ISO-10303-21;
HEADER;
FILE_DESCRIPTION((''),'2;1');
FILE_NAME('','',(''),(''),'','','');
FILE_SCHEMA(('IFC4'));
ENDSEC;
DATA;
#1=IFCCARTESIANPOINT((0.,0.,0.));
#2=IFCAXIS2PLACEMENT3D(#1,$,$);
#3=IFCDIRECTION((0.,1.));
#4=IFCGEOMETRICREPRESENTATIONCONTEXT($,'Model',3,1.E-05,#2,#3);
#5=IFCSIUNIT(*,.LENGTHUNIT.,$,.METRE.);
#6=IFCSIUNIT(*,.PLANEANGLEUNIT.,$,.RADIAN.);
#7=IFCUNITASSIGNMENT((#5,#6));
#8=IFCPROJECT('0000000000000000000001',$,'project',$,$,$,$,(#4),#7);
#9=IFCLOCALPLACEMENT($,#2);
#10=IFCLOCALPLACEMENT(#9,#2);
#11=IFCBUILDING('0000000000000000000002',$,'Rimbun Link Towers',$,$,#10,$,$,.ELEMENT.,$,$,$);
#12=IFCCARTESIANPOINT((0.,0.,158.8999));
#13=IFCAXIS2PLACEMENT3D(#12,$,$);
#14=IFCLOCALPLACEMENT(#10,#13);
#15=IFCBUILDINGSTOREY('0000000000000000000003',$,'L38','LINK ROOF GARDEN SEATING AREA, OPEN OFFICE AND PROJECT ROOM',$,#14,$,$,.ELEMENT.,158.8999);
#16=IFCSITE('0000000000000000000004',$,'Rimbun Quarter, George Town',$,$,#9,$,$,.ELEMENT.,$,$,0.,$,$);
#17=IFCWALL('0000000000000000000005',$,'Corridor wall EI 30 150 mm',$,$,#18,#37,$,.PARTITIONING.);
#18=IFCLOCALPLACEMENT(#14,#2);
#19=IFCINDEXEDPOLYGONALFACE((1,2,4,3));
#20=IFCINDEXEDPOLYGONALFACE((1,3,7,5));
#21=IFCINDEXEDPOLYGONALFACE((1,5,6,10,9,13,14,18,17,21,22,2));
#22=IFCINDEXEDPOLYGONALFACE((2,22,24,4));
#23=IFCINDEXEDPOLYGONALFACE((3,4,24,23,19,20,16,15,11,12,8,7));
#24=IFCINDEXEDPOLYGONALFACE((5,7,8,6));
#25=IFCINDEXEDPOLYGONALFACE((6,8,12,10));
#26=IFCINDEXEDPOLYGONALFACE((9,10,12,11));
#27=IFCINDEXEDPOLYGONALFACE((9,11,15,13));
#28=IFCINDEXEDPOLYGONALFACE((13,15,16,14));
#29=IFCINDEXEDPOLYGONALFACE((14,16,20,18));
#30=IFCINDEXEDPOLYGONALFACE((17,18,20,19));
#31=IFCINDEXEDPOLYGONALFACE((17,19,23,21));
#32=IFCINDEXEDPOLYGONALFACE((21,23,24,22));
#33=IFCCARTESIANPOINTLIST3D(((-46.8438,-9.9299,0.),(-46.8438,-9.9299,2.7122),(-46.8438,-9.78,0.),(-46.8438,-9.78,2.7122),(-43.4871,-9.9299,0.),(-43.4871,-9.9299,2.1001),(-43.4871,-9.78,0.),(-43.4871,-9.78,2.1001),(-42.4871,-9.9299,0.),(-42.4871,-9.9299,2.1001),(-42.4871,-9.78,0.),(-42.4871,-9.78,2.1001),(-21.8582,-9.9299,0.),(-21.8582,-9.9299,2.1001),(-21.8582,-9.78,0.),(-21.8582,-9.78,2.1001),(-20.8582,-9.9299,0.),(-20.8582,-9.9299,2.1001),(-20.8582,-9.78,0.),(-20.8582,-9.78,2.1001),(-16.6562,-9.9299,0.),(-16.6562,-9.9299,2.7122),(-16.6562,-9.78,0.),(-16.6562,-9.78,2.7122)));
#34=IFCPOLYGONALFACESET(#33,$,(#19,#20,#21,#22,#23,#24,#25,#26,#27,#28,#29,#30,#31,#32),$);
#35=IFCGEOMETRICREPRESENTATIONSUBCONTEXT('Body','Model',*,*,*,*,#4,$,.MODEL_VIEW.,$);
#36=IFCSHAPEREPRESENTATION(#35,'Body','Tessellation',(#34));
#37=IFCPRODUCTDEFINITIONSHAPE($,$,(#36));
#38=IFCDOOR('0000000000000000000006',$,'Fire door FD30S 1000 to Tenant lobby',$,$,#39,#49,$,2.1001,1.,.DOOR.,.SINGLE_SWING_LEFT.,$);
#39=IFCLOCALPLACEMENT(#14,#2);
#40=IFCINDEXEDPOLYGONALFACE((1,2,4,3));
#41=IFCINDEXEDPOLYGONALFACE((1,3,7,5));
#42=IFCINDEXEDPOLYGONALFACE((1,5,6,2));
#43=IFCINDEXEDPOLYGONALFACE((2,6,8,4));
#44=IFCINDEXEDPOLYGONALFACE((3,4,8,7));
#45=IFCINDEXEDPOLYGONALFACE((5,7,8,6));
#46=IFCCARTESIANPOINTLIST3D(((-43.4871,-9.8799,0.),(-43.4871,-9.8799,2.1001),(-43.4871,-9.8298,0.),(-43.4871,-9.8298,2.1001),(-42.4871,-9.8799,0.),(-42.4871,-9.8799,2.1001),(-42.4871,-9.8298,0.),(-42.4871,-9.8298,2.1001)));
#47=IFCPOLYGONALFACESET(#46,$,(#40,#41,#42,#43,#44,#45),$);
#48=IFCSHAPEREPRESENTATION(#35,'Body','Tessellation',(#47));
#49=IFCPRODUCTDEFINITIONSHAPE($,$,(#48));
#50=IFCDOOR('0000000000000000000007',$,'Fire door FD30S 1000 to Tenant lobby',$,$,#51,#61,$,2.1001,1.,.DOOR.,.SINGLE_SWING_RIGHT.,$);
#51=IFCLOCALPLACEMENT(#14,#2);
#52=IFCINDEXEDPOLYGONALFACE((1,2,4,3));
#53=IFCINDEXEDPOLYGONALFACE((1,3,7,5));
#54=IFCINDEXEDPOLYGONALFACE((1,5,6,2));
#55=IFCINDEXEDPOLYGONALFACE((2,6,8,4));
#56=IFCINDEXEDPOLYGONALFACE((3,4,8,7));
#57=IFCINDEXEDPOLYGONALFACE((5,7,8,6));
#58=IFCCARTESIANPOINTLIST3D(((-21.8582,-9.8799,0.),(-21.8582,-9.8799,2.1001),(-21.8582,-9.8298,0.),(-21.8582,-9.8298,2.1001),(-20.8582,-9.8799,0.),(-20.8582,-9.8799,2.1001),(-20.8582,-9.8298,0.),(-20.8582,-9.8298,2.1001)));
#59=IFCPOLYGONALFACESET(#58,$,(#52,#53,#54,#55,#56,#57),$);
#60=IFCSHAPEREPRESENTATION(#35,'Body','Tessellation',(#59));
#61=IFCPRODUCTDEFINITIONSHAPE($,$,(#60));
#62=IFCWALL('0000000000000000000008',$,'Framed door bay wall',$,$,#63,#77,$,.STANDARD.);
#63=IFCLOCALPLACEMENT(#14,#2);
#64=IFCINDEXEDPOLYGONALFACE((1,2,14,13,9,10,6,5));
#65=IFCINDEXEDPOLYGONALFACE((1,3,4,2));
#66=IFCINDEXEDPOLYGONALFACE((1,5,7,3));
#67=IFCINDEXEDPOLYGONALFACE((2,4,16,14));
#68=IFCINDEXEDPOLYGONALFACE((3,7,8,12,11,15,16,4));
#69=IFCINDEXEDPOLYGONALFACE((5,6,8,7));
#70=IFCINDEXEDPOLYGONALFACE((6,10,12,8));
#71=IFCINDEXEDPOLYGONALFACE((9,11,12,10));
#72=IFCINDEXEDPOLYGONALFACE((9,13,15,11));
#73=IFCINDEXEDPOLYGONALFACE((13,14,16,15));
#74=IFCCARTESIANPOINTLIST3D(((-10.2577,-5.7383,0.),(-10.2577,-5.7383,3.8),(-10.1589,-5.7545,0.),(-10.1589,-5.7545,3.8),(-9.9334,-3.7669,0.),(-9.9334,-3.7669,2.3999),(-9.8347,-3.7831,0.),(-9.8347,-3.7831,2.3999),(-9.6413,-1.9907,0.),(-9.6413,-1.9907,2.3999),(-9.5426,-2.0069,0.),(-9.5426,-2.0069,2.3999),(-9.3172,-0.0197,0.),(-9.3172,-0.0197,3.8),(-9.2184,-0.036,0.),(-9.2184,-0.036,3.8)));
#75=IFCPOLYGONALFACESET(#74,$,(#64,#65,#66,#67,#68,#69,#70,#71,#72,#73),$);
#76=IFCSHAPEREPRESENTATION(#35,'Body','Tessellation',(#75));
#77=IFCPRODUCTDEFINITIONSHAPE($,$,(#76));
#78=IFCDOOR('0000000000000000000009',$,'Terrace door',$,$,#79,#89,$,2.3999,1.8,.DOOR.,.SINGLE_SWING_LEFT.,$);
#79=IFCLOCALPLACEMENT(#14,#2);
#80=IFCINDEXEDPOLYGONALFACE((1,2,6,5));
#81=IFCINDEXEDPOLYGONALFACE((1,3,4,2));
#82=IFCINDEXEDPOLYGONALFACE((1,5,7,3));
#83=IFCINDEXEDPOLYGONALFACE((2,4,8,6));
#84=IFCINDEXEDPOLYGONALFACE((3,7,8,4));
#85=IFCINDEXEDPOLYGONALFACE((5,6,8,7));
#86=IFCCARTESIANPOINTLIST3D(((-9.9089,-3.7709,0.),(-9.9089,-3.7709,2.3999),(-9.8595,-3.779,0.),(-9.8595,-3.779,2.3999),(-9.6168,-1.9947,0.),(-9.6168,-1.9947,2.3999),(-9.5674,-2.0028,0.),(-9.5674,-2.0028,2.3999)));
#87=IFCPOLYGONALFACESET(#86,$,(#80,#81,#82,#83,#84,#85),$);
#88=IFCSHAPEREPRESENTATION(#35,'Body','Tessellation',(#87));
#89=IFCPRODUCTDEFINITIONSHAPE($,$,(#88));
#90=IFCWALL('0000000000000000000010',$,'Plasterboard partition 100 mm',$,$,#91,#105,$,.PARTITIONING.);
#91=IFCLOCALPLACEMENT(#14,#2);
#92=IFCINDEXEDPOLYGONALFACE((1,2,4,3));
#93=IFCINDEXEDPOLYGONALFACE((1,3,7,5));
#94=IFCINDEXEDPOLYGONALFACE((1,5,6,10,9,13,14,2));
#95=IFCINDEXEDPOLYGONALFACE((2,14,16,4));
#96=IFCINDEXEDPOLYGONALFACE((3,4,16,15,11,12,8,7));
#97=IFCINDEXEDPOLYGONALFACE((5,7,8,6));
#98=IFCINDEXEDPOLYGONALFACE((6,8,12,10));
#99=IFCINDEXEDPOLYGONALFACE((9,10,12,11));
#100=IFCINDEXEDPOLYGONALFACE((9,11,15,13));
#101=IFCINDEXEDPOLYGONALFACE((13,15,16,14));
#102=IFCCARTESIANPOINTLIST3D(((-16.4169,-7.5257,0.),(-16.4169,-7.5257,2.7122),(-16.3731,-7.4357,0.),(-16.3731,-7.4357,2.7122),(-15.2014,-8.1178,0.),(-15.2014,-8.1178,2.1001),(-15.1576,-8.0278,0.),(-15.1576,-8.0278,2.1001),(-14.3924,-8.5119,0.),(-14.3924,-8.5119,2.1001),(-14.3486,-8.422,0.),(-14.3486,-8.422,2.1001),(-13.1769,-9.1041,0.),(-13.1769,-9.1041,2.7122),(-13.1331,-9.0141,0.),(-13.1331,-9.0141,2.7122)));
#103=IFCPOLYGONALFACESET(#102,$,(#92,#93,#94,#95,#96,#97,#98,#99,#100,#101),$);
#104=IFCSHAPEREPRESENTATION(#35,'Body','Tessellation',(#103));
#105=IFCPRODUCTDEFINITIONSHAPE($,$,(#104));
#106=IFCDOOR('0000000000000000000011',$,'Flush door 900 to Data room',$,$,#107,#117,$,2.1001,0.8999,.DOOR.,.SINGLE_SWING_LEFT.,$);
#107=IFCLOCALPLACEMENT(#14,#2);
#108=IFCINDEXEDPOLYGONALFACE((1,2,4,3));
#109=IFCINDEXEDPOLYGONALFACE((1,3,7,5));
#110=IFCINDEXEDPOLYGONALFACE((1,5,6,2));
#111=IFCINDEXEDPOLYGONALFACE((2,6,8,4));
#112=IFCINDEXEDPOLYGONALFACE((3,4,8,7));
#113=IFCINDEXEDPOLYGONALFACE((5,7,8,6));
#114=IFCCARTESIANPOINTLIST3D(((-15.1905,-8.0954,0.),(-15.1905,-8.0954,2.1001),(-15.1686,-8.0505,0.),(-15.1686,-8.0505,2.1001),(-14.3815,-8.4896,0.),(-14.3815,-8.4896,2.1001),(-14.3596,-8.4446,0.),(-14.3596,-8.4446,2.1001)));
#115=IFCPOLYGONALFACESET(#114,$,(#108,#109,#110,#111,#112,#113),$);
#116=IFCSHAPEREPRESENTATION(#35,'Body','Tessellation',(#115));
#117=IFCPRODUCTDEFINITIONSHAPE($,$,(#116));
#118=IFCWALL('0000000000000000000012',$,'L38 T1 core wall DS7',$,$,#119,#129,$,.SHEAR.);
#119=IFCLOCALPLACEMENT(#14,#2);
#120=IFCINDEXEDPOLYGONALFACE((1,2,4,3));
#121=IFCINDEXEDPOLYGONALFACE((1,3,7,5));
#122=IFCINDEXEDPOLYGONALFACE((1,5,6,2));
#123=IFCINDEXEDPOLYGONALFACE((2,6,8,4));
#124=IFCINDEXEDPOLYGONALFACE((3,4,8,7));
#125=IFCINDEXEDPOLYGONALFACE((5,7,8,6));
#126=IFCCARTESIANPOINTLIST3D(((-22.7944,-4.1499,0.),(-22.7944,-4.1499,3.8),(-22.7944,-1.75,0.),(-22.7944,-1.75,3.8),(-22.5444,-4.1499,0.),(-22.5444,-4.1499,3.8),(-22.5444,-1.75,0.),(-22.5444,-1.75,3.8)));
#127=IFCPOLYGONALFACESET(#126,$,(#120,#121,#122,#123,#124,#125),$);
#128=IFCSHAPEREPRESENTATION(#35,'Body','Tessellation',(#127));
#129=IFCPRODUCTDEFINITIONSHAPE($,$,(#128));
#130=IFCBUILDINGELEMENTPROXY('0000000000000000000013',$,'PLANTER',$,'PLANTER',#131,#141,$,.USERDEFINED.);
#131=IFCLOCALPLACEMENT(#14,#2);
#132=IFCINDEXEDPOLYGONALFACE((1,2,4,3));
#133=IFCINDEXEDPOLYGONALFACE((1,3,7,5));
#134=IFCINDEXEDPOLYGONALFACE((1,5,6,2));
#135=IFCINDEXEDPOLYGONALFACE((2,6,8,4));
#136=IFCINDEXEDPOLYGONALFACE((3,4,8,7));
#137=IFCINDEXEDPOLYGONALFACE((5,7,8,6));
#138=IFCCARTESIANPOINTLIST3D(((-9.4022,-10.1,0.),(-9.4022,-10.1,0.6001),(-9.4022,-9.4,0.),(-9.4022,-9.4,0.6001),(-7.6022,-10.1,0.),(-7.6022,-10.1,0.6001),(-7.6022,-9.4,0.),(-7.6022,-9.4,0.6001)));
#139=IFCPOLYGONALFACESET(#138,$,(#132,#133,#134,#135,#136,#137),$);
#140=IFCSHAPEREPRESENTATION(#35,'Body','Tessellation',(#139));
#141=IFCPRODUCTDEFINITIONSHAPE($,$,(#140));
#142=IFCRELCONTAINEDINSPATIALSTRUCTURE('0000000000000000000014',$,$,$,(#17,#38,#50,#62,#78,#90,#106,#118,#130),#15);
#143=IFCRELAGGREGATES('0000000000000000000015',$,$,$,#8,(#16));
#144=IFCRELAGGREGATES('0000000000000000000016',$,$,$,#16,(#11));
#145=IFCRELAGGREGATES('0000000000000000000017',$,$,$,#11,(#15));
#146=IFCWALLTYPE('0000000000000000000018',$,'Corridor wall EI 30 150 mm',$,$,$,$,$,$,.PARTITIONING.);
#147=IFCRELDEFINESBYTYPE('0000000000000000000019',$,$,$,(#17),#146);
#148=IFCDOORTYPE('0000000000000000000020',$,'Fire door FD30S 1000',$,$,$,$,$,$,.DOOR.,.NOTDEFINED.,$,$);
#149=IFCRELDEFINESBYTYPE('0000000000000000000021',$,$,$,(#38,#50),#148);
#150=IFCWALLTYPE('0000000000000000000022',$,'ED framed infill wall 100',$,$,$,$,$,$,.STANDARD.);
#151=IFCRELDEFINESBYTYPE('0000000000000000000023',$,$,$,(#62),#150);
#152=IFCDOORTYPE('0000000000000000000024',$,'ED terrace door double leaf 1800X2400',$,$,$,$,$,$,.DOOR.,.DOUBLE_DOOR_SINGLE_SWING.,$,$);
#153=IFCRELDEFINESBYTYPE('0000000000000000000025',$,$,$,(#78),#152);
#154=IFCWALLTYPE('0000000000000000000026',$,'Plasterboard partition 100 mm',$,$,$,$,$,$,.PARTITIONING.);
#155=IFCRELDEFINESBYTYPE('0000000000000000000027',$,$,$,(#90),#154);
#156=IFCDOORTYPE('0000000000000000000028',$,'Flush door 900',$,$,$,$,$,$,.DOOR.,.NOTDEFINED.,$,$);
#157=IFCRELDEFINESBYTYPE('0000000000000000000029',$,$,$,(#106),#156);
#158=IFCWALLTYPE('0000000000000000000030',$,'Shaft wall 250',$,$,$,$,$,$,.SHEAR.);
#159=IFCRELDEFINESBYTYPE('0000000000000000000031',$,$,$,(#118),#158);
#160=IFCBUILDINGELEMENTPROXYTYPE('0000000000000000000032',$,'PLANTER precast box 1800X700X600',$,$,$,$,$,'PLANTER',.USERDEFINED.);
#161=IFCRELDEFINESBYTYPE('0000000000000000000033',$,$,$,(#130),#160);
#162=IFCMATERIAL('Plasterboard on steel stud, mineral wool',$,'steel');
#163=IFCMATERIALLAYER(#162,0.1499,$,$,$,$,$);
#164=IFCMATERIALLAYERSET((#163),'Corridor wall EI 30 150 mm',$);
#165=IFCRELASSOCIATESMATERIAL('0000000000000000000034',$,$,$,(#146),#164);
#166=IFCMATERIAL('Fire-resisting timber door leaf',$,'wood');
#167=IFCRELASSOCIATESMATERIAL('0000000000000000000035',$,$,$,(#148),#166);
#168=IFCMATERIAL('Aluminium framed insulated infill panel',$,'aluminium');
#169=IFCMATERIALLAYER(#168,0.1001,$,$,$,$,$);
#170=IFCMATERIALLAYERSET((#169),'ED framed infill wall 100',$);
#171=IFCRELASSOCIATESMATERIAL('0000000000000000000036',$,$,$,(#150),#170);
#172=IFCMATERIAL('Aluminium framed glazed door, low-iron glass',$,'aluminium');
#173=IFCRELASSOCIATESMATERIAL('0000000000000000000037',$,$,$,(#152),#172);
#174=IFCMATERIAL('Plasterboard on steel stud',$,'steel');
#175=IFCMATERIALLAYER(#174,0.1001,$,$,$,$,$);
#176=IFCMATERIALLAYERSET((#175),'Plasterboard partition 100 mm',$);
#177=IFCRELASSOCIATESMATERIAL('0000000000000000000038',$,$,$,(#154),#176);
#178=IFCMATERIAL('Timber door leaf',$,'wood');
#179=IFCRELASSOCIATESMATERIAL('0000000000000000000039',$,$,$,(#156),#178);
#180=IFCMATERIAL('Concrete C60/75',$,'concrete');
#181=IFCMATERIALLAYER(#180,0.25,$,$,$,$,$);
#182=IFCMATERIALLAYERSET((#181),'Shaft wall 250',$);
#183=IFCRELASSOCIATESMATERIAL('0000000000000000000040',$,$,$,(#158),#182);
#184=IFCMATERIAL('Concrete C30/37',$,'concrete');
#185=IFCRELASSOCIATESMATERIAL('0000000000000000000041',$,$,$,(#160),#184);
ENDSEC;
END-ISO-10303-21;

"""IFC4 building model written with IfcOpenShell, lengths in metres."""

from ifc_helpers import new_model, si_unit, direction, frame, frame_2d, origin, origin_2d, place, context, subcontext, project, spatial, rectangle, extrude, material, layer, layer_set, type_object, element, fill, save


model = new_model("IFC4")

# Units and contexts
model_context = context("Model", 3, precision=1e-05, world=origin(), true_north=direction((0.0, 1.0)))
body_context = subcontext(model_context, "Body", "Model", "MODEL_VIEW")
ifc_project = project(units=[si_unit("LENGTHUNIT", "METRE"), si_unit("PLANEANGLEUNIT", "RADIAN")], contexts=[model_context])

# Site, building, storey
site_placement = place(None, origin())
site = spatial("IfcSite", under=ifc_project, at=site_placement, Name="Rimbun Quarter, George Town", CompositionType="ELEMENT", RefElevation=0.0)
building_placement = place(site_placement, origin())
building = spatial("IfcBuilding", under=site, at=building_placement, Name="Rimbun Link Towers", CompositionType="ELEMENT")
storey_placement = place(building_placement, frame((0.0, 0.0, 158.8999)))
storey = spatial("IfcBuildingStorey", under=building, at=storey_placement, Name="L38", Description="LINK ROOF GARDEN SEATING AREA, OPEN OFFICE AND PROJECT ROOM", CompositionType="ELEMENT", Elevation=158.8999)

# Shared definitions
ifc_material_1 = material(Name="Plasterboard on steel stud, mineral wool", Category="steel")
ifc_layer_1 = layer(ifc_material_1, 0.1499)
ifc_layer_set_1 = layer_set([ifc_layer_1], Name="Corridor wall EI 30 150 mm")
wall_type_1 = type_object("IfcWallType", Name="Corridor wall EI 30 150 mm", PredefinedType="PARTITIONING", material=ifc_layer_set_1)

# Wall, openings, doors
wall_1_placement = place(storey_placement, frame((-16.6562, -9.855, 0.0), z_axis=(0.0, 0.0, 1.0), x_axis=(-1.0, 0.0, 0.0)))
wall_1 = element("IfcWall", 1, at=wall_1_placement, inside=storey, type_object=wall_type_1, Name="Corridor wall EI 30 150 mm", PredefinedType="PARTITIONING", context=body_context, shape_type="SweptSolid", body=[
    extrude(rectangle(XDim=30.1875, YDim=0.1499, at=frame_2d((15.0938, 0.0))), origin(), (0.0, 0.0, 1.0), 2.7122),
])
opening_1_placement = place(wall_1_placement, frame((25.8308, 0.0, 0.0)))
opening_1 = element("IfcOpeningElement", 2, at=opening_1_placement, cuts=wall_1, PredefinedType="OPENING", context=body_context, shape_type="SweptSolid", body=[
    extrude(rectangle(XDim=1.0, YDim=2.1001, at=frame_2d((0.5, 1.05))), frame((0.0, 0.085, 0.0), z_axis=(0.0, -1.0, 0.0), x_axis=(1.0, 0.0, 0.0)), (0.0, 0.0, 1.0), 0.1699),
])
opening_2_placement = place(wall_1_placement, frame((4.2019, 0.0, 0.0)))
opening_2 = element("IfcOpeningElement", 3, at=opening_2_placement, cuts=wall_1, PredefinedType="OPENING", context=body_context, shape_type="SweptSolid", body=[
    extrude(rectangle(XDim=1.0, YDim=2.1001, at=frame_2d((0.5, 1.05))), frame((0.0, 0.085, 0.0), z_axis=(0.0, -1.0, 0.0), x_axis=(1.0, 0.0, 0.0)), (0.0, 0.0, 1.0), 0.1699),
])
ifc_material_2 = material(Name="Fire-resisting timber door leaf", Category="wood")
door_type_1 = type_object("IfcDoorType", Name="Fire door FD30S 1000", OperationType="NOTDEFINED", PredefinedType="DOOR", material=ifc_material_2)
door_1_placement = place(opening_1_placement, origin())
door_1 = element("IfcDoor", 4, at=door_1_placement, inside=storey, type_object=door_type_1, Name="Fire door FD30S 1000 to Tenant lobby", OperationType="SINGLE_SWING_LEFT", OverallHeight=2.1001, OverallWidth=1.0, PredefinedType="DOOR", context=body_context, shape_type="SweptSolid", body=[
    extrude(rectangle(XDim=1.0, YDim=2.1001, at=frame_2d((0.5, 1.05))), frame((0.0, 0.0249, 0.0), z_axis=(0.0, -1.0, 0.0), x_axis=(1.0, 0.0, 0.0)), (0.0, 0.0, 1.0), 0.05),
])
fill(opening_1, door_1)
door_2_placement = place(opening_2_placement, origin())
door_2 = element("IfcDoor", 5, at=door_2_placement, inside=storey, type_object=door_type_1, Name="Fire door FD30S 1000 to Tenant lobby", OperationType="SINGLE_SWING_RIGHT", OverallHeight=2.1001, OverallWidth=1.0, PredefinedType="DOOR", context=body_context, shape_type="SweptSolid", body=[
    extrude(rectangle(XDim=1.0, YDim=2.1001, at=frame_2d((0.5, 1.05))), frame((0.0, 0.0249, 0.0), z_axis=(0.0, -1.0, 0.0), x_axis=(1.0, 0.0, 0.0)), (0.0, 0.0, 1.0), 0.05),
])
fill(opening_2, door_2)

# Walls, openings, doors
ifc_material_3 = material(Name="Aluminium framed insulated infill panel", Category="aluminium")
ifc_layer_2 = layer(ifc_material_3, 0.1001)
ifc_layer_set_2 = layer_set([ifc_layer_2], Name="ED framed infill wall 100")
wall_type_2 = type_object("IfcWallType", Name="ED framed infill wall 100", PredefinedType="STANDARD", material=ifc_layer_set_2)
wall_2_placement = place(storey_placement, frame((-9.2678, -0.0278, 0.0), z_axis=(0.0, 0.0, 1.0), x_axis=(-0.162274, -0.986746, 0.0)))
wall_2 = element("IfcWall", 6, at=wall_2_placement, inside=storey, type_object=wall_type_2, Name="Framed door bay wall", PredefinedType="STANDARD", context=body_context, shape_type="SweptSolid", body=[
    extrude(rectangle(XDim=5.7954, YDim=0.1001, at=frame_2d((2.8977, 0.0))), origin(), (0.0, 0.0, 1.0), 3.8),
])
opening_3_placement = place(wall_2_placement, frame((1.9976, 0.0, 0.0)))
opening_3 = element("IfcOpeningElement", 7, at=opening_3_placement, cuts=wall_2, PredefinedType="OPENING", context=body_context, shape_type="SweptSolid", body=[
    extrude(rectangle(XDim=1.8, YDim=2.3999, at=frame_2d((0.8999, 1.2))), frame((0.0, 0.0601, 0.0), z_axis=(0.0, -1.0, 0.0), x_axis=(1.0, 0.0, 0.0)), (0.0, 0.0, 1.0), 0.1201),
])
ifc_material_4 = material(Name="Aluminium framed glazed door, low-iron glass", Category="aluminium")
door_type_2 = type_object("IfcDoorType", Name="ED terrace door double leaf 1800X2400", OperationType="DOUBLE_DOOR_SINGLE_SWING", PredefinedType="DOOR", material=ifc_material_4)
door_3_placement = place(opening_3_placement, origin())
door_3 = element("IfcDoor", 8, at=door_3_placement, inside=storey, type_object=door_type_2, Name="Terrace door", OperationType="SINGLE_SWING_LEFT", OverallHeight=2.3999, OverallWidth=1.8, PredefinedType="DOOR", context=body_context, shape_type="SweptSolid", body=[
    extrude(rectangle(XDim=1.8, YDim=2.3999, at=frame_2d((0.8999, 1.2))), frame((0.0, 0.0249, 0.0), z_axis=(0.0, -1.0, 0.0), x_axis=(1.0, 0.0, 0.0)), (0.0, 0.0, 1.0), 0.05),
])
fill(opening_3, door_3)
ifc_material_5 = material(Name="Plasterboard on steel stud", Category="steel")
ifc_layer_3 = layer(ifc_material_5, 0.1001)
ifc_layer_set_3 = layer_set([ifc_layer_3], Name="Plasterboard partition 100 mm")
wall_type_3 = type_object("IfcWallType", Name="Plasterboard partition 100 mm", PredefinedType="PARTITIONING", material=ifc_layer_set_3)
wall_3_placement = place(storey_placement, frame((-16.395, -7.4807, 0.0), z_axis=(0.0, 0.0, 1.0), x_axis=(0.898999, -0.43795, 0.0)))
wall_3 = element("IfcWall", 9, at=wall_3_placement, inside=storey, type_object=wall_type_3, Name="Plasterboard partition 100 mm", PredefinedType="PARTITIONING", context=body_context, shape_type="SweptSolid", body=[
    extrude(rectangle(XDim=3.604, YDim=0.1001, at=frame_2d((1.802, 0.0))), origin(), (0.0, 0.0, 1.0), 2.7122),
])
opening_4_placement = place(wall_3_placement, frame((1.3521, 0.0, 0.0)))
opening_4 = element("IfcOpeningElement", 10, at=opening_4_placement, cuts=wall_3, PredefinedType="OPENING", context=body_context, shape_type="SweptSolid", body=[
    extrude(rectangle(XDim=0.8999, YDim=2.1001, at=frame_2d((0.45, 1.05))), frame((0.0, 0.0601, 0.0), z_axis=(0.0, -1.0, 0.0), x_axis=(1.0, 0.0, 0.0)), (0.0, 0.0, 1.0), 0.1201),
])
ifc_material_6 = material(Name="Timber door leaf", Category="wood")
door_type_3 = type_object("IfcDoorType", Name="Flush door 900", OperationType="NOTDEFINED", PredefinedType="DOOR", material=ifc_material_6)
door_4_placement = place(opening_4_placement, origin())
door_4 = element("IfcDoor", 11, at=door_4_placement, inside=storey, type_object=door_type_3, Name="Flush door 900 to Data room", OperationType="SINGLE_SWING_LEFT", OverallHeight=2.1001, OverallWidth=0.8999, PredefinedType="DOOR", context=body_context, shape_type="SweptSolid", body=[
    extrude(rectangle(XDim=0.8999, YDim=2.1001, at=frame_2d((0.45, 1.05))), frame((0.0, 0.0249, 0.0), z_axis=(0.0, -1.0, 0.0), x_axis=(1.0, 0.0, 0.0)), (0.0, 0.0, 1.0), 0.05),
])
fill(opening_4, door_4)

# Wall
ifc_material_7 = material(Name="Concrete C60/75", Category="concrete")
ifc_layer_4 = layer(ifc_material_7, 0.25)
ifc_layer_set_4 = layer_set([ifc_layer_4], Name="Shaft wall 250")
wall_type_4 = type_object("IfcWallType", Name="Shaft wall 250", PredefinedType="SHEAR", material=ifc_layer_set_4)
wall_4_placement = place(storey_placement, frame((-22.6694, -4.1499, 0.0), z_axis=(0.0, 0.0, 1.0), x_axis=(0.0, 1.0, 0.0)))
element("IfcWall", 12, at=wall_4_placement, inside=storey, type_object=wall_type_4, Name="L38 T1 core wall DS7", PredefinedType="SHEAR", context=body_context, shape_type="SweptSolid", body=[
    extrude(rectangle(XDim=2.3999, YDim=0.25, at=frame_2d((1.2, 0.0))), origin(), (0.0, 0.0, 1.0), 3.8),
])

# Building element proxy
ifc_material_8 = material(Name="Concrete C30/37", Category="concrete")
building_element_proxy_type = type_object("IfcBuildingElementProxyType", Name="PLANTER precast box 1800X700X600", ElementType="PLANTER", PredefinedType="USERDEFINED", material=ifc_material_8)
proxy_placement = place(storey_placement, frame((-8.5022, -9.75, 0.0), z_axis=(0.0, 0.0, 1.0), x_axis=(1.0, 0.0, 0.0)))
element("IfcBuildingElementProxy", 13, at=proxy_placement, inside=storey, type_object=building_element_proxy_type, Name="PLANTER", ObjectType="PLANTER", PredefinedType="USERDEFINED", context=body_context, shape_type="SweptSolid", body=[
    extrude(rectangle(XDim=1.8, YDim=0.7, at=origin_2d()), origin(), (0.0, 0.0, 1.0), 0.6001),
])

save(model, "model.ifc")
